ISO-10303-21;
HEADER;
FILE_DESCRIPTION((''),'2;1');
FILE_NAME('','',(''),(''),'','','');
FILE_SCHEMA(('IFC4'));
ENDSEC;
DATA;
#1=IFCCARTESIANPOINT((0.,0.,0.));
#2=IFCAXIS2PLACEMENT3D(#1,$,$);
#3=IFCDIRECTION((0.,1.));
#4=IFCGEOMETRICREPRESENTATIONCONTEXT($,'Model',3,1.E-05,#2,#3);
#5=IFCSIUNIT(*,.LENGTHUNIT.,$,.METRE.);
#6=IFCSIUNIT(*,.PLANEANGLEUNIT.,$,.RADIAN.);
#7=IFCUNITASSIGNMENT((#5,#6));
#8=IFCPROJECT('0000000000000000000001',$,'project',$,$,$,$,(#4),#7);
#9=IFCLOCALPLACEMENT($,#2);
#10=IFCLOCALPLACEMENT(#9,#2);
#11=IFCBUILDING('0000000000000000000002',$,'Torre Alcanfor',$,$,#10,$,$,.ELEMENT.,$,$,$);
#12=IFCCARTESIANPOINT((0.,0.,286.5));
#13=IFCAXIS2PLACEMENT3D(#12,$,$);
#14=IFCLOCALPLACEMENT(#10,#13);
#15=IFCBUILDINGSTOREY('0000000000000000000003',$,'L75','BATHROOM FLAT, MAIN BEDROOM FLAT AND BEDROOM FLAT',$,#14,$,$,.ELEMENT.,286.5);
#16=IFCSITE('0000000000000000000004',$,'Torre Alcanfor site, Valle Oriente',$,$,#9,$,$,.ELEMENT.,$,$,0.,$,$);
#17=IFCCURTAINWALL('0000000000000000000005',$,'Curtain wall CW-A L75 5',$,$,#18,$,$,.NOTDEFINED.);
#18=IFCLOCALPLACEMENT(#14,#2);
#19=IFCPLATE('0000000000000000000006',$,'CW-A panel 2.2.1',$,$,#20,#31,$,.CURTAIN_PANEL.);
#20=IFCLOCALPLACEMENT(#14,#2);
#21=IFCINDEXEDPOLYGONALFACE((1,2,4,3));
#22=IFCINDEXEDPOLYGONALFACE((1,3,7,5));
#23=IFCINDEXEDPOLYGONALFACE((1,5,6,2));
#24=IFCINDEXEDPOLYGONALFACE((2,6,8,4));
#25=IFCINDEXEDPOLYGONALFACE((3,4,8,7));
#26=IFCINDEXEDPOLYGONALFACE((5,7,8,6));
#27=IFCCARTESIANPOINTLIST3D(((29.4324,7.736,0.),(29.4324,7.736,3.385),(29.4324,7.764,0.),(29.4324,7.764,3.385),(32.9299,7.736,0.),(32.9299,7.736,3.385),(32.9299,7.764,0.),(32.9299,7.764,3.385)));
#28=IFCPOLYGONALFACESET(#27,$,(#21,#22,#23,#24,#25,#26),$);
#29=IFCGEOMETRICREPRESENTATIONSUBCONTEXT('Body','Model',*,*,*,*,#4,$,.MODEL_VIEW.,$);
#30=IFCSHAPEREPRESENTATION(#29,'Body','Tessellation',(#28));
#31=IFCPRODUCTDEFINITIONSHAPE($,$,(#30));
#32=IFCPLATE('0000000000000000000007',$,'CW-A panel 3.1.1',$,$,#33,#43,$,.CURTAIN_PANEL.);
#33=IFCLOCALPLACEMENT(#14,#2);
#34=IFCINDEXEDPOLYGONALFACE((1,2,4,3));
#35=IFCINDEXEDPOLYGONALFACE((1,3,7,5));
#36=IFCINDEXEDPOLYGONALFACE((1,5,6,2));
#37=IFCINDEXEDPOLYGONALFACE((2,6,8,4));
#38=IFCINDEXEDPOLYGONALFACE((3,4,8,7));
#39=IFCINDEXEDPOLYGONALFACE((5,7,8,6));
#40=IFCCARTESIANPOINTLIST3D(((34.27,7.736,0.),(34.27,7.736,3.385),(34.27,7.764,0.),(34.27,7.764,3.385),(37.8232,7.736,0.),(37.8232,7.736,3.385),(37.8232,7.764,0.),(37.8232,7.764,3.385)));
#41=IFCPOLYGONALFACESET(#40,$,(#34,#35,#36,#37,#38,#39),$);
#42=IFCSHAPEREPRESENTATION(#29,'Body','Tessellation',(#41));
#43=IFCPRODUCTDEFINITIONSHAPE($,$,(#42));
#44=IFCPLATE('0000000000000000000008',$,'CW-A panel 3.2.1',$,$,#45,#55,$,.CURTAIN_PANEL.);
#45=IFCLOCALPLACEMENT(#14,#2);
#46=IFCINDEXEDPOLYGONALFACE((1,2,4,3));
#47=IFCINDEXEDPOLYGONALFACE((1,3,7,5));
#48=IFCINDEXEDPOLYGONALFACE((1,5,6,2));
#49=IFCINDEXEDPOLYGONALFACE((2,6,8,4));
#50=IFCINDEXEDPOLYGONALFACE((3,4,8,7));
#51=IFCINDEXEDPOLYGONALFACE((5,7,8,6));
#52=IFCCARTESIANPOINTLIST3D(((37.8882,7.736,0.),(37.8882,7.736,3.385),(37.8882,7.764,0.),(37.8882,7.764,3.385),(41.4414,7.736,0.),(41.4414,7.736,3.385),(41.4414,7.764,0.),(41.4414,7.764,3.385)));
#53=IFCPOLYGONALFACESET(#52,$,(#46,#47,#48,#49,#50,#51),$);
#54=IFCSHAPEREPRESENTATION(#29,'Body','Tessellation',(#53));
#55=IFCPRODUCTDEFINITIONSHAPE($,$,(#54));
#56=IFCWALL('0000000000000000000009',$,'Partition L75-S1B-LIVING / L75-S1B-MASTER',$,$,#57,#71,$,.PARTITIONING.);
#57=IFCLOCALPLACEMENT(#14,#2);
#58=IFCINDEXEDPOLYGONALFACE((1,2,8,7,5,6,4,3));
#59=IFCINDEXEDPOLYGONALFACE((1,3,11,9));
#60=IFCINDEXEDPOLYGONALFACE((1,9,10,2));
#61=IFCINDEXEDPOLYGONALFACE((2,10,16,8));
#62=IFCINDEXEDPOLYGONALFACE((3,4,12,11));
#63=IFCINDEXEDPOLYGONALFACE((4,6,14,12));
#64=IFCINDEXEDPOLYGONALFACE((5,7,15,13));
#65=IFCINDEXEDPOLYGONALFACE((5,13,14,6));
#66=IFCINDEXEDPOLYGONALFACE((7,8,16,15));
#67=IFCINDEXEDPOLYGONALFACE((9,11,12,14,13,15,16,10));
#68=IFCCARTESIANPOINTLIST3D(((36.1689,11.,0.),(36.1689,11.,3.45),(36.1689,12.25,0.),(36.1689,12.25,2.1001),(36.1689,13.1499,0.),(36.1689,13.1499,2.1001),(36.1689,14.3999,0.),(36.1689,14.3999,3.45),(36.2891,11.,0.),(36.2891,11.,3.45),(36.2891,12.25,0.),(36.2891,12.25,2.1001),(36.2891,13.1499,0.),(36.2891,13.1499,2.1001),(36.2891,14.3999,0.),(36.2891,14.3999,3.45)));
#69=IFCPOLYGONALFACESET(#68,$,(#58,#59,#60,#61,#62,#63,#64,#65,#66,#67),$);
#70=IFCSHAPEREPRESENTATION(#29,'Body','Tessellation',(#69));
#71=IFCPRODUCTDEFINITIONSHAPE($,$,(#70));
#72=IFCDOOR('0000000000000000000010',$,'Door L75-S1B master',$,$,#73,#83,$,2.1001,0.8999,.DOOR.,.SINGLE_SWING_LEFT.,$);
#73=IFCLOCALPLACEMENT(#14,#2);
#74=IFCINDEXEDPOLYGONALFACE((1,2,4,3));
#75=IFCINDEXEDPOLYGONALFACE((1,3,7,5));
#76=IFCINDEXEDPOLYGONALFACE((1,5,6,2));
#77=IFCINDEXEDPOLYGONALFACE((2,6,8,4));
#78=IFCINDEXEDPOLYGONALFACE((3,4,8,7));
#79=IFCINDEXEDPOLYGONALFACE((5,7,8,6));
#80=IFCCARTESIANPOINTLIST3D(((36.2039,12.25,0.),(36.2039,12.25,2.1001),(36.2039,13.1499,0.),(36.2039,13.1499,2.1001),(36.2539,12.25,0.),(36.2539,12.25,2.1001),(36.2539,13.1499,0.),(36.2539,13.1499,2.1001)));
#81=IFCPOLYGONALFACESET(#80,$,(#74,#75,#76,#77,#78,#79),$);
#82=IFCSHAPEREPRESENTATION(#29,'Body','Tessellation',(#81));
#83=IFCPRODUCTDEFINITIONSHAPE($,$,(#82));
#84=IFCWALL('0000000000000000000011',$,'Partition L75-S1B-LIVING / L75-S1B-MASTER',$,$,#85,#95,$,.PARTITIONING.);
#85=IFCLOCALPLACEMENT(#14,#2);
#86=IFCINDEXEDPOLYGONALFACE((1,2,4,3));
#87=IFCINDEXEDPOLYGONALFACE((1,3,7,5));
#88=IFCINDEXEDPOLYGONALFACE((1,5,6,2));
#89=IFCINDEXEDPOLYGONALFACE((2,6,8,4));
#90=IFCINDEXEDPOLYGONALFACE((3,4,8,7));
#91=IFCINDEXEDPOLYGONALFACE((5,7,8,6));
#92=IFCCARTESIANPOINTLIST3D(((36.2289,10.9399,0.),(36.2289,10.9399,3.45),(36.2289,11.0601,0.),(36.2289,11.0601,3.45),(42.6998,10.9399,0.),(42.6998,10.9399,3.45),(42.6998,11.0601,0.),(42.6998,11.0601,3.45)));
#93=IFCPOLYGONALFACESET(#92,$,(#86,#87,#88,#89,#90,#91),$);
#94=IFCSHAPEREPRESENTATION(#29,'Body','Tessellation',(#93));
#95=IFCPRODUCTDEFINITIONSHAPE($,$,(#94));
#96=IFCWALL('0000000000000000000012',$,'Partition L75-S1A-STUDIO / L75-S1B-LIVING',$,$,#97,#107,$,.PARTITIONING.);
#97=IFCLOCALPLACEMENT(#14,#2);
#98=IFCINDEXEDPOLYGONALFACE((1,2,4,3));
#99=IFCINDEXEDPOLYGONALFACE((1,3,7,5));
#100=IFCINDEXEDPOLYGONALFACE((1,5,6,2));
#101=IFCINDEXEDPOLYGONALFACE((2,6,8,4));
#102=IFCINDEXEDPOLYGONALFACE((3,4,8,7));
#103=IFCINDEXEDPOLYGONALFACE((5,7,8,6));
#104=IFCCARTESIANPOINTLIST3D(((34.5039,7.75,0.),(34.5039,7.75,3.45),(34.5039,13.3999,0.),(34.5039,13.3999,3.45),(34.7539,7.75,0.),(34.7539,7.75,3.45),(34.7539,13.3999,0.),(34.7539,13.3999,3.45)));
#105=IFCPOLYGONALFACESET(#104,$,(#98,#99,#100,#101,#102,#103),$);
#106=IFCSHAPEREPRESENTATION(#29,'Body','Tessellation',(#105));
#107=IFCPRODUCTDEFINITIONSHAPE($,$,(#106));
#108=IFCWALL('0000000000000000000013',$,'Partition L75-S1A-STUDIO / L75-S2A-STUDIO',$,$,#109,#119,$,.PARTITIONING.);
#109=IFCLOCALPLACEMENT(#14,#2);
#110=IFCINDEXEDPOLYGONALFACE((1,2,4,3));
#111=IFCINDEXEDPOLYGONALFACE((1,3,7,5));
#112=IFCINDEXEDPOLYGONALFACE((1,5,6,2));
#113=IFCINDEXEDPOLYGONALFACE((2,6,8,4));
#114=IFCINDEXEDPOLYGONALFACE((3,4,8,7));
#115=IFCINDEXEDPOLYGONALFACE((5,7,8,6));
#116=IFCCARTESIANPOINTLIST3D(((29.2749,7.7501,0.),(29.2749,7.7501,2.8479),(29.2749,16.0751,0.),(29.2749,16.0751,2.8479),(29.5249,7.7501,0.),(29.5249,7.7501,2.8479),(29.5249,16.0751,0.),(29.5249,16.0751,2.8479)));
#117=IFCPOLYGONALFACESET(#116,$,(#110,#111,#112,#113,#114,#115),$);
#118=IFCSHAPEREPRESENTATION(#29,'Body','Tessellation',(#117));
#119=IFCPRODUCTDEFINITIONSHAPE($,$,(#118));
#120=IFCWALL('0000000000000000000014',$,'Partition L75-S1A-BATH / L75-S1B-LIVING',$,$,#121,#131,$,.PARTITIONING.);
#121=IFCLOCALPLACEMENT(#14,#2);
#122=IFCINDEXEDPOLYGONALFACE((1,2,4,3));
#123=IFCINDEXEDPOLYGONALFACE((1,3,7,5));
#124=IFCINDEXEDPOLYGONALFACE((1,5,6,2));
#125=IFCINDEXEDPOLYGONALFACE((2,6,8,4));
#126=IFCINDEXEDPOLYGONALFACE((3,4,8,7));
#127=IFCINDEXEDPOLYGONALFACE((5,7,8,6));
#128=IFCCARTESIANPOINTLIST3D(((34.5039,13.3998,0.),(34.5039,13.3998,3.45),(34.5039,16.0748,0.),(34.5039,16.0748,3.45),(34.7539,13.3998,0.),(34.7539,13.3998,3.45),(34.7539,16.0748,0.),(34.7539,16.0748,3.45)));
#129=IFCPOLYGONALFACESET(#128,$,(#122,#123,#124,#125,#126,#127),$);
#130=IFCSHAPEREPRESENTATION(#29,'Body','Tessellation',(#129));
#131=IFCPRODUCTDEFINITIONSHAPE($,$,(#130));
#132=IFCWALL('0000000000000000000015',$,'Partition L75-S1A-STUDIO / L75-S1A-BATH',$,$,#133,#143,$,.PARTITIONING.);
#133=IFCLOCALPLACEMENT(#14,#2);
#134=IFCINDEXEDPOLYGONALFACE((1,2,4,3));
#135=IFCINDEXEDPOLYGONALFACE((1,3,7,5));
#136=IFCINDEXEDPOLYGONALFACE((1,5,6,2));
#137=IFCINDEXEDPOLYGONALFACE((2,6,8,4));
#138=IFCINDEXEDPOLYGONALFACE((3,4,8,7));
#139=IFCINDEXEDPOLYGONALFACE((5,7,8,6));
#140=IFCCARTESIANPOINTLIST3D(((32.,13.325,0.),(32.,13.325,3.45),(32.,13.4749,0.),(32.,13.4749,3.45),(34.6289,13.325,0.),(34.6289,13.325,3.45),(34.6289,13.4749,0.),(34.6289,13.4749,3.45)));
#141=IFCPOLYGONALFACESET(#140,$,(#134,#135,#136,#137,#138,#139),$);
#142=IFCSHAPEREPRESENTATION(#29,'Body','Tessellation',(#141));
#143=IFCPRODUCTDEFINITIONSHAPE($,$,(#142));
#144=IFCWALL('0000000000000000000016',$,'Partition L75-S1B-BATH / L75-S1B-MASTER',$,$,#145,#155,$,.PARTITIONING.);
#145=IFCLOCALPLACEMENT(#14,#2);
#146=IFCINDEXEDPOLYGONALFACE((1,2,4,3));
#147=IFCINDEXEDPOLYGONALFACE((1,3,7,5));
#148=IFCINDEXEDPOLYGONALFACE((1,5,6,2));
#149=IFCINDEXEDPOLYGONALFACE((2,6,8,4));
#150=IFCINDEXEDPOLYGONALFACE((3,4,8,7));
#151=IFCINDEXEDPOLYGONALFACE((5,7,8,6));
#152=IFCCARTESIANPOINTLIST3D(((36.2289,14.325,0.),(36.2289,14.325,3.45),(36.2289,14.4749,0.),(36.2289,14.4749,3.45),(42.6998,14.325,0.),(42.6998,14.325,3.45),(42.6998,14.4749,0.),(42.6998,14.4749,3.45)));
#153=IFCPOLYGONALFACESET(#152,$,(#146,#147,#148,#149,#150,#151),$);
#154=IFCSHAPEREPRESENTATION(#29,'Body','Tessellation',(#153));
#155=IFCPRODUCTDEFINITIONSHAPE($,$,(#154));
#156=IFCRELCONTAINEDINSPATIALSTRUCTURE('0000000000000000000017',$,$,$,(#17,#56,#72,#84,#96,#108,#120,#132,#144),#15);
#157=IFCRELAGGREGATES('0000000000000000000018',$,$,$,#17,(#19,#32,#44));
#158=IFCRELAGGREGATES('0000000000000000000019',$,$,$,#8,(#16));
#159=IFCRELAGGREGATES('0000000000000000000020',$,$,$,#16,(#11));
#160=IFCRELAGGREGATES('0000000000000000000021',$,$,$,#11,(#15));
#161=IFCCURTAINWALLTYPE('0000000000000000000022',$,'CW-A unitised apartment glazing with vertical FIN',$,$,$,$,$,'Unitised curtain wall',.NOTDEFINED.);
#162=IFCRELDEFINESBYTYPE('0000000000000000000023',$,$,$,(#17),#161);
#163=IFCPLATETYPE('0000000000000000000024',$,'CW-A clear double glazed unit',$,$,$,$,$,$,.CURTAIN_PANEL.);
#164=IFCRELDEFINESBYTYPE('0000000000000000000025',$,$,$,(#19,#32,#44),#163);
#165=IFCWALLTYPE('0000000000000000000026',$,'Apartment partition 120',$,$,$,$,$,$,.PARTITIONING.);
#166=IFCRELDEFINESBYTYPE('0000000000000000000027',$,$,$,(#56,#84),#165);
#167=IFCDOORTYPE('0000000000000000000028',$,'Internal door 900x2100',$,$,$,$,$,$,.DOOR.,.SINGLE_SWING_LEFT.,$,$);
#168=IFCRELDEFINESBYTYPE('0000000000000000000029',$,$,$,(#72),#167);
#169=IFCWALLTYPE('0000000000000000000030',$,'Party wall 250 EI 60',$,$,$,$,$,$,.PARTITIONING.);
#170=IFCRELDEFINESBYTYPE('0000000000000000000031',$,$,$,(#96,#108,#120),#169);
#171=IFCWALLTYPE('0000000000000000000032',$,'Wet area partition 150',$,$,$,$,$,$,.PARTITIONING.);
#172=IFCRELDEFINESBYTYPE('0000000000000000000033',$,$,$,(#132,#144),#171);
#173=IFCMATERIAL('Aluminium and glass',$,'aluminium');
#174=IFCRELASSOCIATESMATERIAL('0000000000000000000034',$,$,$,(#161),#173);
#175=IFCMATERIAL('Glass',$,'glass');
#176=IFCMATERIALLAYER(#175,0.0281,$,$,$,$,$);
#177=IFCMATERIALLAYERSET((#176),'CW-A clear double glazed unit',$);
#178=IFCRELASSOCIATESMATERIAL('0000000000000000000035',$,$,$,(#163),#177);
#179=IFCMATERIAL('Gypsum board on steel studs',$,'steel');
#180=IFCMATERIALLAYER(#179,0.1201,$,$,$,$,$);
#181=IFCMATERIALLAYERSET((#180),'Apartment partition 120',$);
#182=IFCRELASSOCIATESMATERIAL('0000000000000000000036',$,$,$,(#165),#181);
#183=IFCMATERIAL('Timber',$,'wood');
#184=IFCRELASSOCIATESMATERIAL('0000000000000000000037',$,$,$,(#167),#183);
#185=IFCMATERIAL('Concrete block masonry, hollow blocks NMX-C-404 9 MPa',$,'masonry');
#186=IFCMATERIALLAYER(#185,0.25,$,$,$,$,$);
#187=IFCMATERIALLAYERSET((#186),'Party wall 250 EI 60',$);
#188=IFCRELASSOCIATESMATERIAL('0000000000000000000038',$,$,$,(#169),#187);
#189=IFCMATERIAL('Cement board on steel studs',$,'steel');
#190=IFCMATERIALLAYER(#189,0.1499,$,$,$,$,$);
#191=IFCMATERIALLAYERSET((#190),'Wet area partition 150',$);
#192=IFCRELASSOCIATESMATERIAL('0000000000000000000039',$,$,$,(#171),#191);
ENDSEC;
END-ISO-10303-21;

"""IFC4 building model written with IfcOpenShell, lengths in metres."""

from ifc_helpers import new_model, si_unit, direction, frame, frame_2d, origin, origin_2d, place, context, subcontext, project, spatial, rectangle, extrude, material, layer, layer_set, type_object, element, fill, aggregate, save


model = new_model("IFC4")

# Units and contexts
model_context = context("Model", 3, precision=1e-05, world=origin(), true_north=direction((0.0, 1.0)))
body_context = subcontext(model_context, "Body", "Model", "MODEL_VIEW")
ifc_project = project(units=[si_unit("LENGTHUNIT", "METRE"), si_unit("PLANEANGLEUNIT", "RADIAN")], contexts=[model_context])

# Site, building, storey
site_placement = place(None, origin())
site = spatial("IfcSite", under=ifc_project, at=site_placement, Name="Torre Alcanfor site, Valle Oriente", CompositionType="ELEMENT", RefElevation=0.0)
building_placement = place(site_placement, origin())
building = spatial("IfcBuilding", under=site, at=building_placement, Name="Torre Alcanfor", CompositionType="ELEMENT")
storey_placement = place(building_placement, frame((0.0, 0.0, 286.5)))
storey = spatial("IfcBuildingStorey", under=building, at=storey_placement, Name="L75", Description="BATHROOM FLAT, MAIN BEDROOM FLAT AND BEDROOM FLAT", CompositionType="ELEMENT", Elevation=286.5)

# Curtain wall
ifc_material_1 = material(Name="Aluminium and glass", Category="aluminium")
curtain_wall_type = type_object("IfcCurtainWallType", Name="CW-A unitised apartment glazing with vertical FIN", ElementType="Unitised curtain wall", PredefinedType="NOTDEFINED", material=ifc_material_1)
curtain_wall_placement = place(storey_placement, origin())
curtain_wall = element("IfcCurtainWall", 1, at=curtain_wall_placement, inside=storey, type_object=curtain_wall_type, Name="Curtain wall CW-A L75 5", PredefinedType="NOTDEFINED")

# Plates
ifc_material_2 = material(Name="Glass", Category="glass")
ifc_layer_1 = layer(ifc_material_2, 0.0281)
ifc_layer_set_1 = layer_set([ifc_layer_1], Name="CW-A clear double glazed unit")
plate_type = type_object("IfcPlateType", Name="CW-A clear double glazed unit", PredefinedType="CURTAIN_PANEL", material=ifc_layer_set_1)
plate_1_placement = place(storey_placement, frame((31.1812, 7.75, 0.0), z_axis=(0.0, 0.0, 1.0), x_axis=(1.0, 0.0, 0.0)))
plate_1 = element("IfcPlate", 2, at=plate_1_placement, type_object=plate_type, Name="CW-A panel 2.2.1", PredefinedType="CURTAIN_PANEL", context=body_context, shape_type="SweptSolid", body=[
    extrude(rectangle(XDim=3.4976, YDim=0.0281, at=origin_2d()), origin(), (0.0, 0.0, 1.0), 3.385),
])
plate_2_placement = place(storey_placement, frame((36.0466, 7.75, 0.0), z_axis=(0.0, 0.0, 1.0), x_axis=(1.0, 0.0, 0.0)))
plate_2 = element("IfcPlate", 3, at=plate_2_placement, type_object=plate_type, Name="CW-A panel 3.1.1", PredefinedType="CURTAIN_PANEL", context=body_context, shape_type="SweptSolid", body=[
    extrude(rectangle(XDim=3.5532, YDim=0.0281, at=origin_2d()), origin(), (0.0, 0.0, 1.0), 3.385),
])
plate_3_placement = place(storey_placement, frame((39.6648, 7.75, 0.0), z_axis=(0.0, 0.0, 1.0), x_axis=(1.0, 0.0, 0.0)))
plate_3 = element("IfcPlate", 4, at=plate_3_placement, type_object=plate_type, Name="CW-A panel 3.2.1", PredefinedType="CURTAIN_PANEL", context=body_context, shape_type="SweptSolid", body=[
    extrude(rectangle(XDim=3.5532, YDim=0.0281, at=origin_2d()), origin(), (0.0, 0.0, 1.0), 3.385),
])
aggregate(curtain_wall, [plate_1, plate_2, plate_3])

# Wall, opening, door
ifc_material_3 = material(Name="Gypsum board on steel studs", Category="steel")
ifc_layer_2 = layer(ifc_material_3, 0.1201)
ifc_layer_set_2 = layer_set([ifc_layer_2], Name="Apartment partition 120")
wall_type_1 = type_object("IfcWallType", Name="Apartment partition 120", PredefinedType="PARTITIONING", material=ifc_layer_set_2)
wall_1_placement = place(storey_placement, frame((36.229, 14.3999, 0.0), z_axis=(0.0, 0.0, 1.0), x_axis=(0.0, -1.0, 0.0)))
wall_1 = element("IfcWall", 5, at=wall_1_placement, inside=storey, type_object=wall_type_1, Name="Partition L75-S1B-LIVING / L75-S1B-MASTER", PredefinedType="PARTITIONING", context=body_context, shape_type="SweptSolid", body=[
    extrude(rectangle(XDim=3.3999, YDim=0.1201, at=frame_2d((1.7, 0.0))), origin(), (0.0, 0.0, 1.0), 3.45),
])
opening_placement = place(wall_1_placement, frame((1.25, 0.0, 0.0)))
opening = element("IfcOpeningElement", 6, at=opening_placement, cuts=wall_1, PredefinedType="OPENING", context=body_context, shape_type="SweptSolid", body=[
    extrude(rectangle(XDim=0.8999, YDim=2.1001, at=frame_2d((0.45, 1.05))), frame((0.0, 0.0701, 0.0), z_axis=(0.0, -1.0, 0.0), x_axis=(1.0, 0.0, 0.0)), (0.0, 0.0, 1.0), 0.1401),
])
ifc_material_4 = material(Name="Timber", Category="wood")
door_type = type_object("IfcDoorType", Name="Internal door 900x2100", OperationType="SINGLE_SWING_LEFT", PredefinedType="DOOR", material=ifc_material_4)
door_placement = place(opening_placement, origin())
door = element("IfcDoor", 7, at=door_placement, inside=storey, type_object=door_type, Name="Door L75-S1B master", OperationType="SINGLE_SWING_LEFT", OverallHeight=2.1001, OverallWidth=0.8999, PredefinedType="DOOR", context=body_context, shape_type="SweptSolid", body=[
    extrude(rectangle(XDim=0.8999, YDim=2.1001, at=frame_2d((0.45, 1.05))), frame((0.0, 0.0249, 0.0), z_axis=(0.0, -1.0, 0.0), x_axis=(1.0, 0.0, 0.0)), (0.0, 0.0, 1.0), 0.05),
])
fill(opening, door)

# Walls
wall_2_placement = place(storey_placement, frame((36.229, 11.0, 0.0), z_axis=(0.0, 0.0, 1.0), x_axis=(1.0, 0.0, 0.0)))
element("IfcWall", 8, at=wall_2_placement, inside=storey, type_object=wall_type_1, Name="Partition L75-S1B-LIVING / L75-S1B-MASTER", PredefinedType="PARTITIONING", context=body_context, shape_type="SweptSolid", body=[
    extrude(rectangle(XDim=6.4709, YDim=0.1201, at=frame_2d((3.2354, 0.0))), origin(), (0.0, 0.0, 1.0), 3.45),
])
ifc_material_5 = material(Name="Concrete block masonry, hollow blocks NMX-C-404 9 MPa", Category="masonry")
ifc_layer_3 = layer(ifc_material_5, 0.25)
ifc_layer_set_3 = layer_set([ifc_layer_3], Name="Party wall 250 EI 60")
wall_type_2 = type_object("IfcWallType", Name="Party wall 250 EI 60", PredefinedType="PARTITIONING", material=ifc_layer_set_3)
wall_3_placement = place(storey_placement, frame((34.6289, 13.3999, 0.0), z_axis=(0.0, 0.0, 1.0), x_axis=(0.0, -1.0, 0.0)))
element("IfcWall", 9, at=wall_3_placement, inside=storey, type_object=wall_type_2, Name="Partition L75-S1A-STUDIO / L75-S1B-LIVING", PredefinedType="PARTITIONING", context=body_context, shape_type="SweptSolid", body=[
    extrude(rectangle(XDim=5.6499, YDim=0.25, at=frame_2d((2.825, 0.0))), origin(), (0.0, 0.0, 1.0), 3.45),
])
wall_4_placement = place(storey_placement, frame((29.3999, 7.75, 0.0), z_axis=(0.0, 0.0, 1.0), x_axis=(0.0, 1.0, 0.0)))
element("IfcWall", 10, at=wall_4_placement, inside=storey, type_object=wall_type_2, Name="Partition L75-S1A-STUDIO / L75-S2A-STUDIO", PredefinedType="PARTITIONING", context=body_context, shape_type="SweptSolid", body=[
    extrude(rectangle(XDim=8.325, YDim=0.25, at=frame_2d((4.1626, 0.0))), origin(), (0.0, 0.0, 1.0), 2.8479),
])
wall_5_placement = place(storey_placement, frame((34.6289, 13.3999, 0.0), z_axis=(0.0, 0.0, 1.0), x_axis=(0.0, 1.0, 0.0)))
element("IfcWall", 11, at=wall_5_placement, inside=storey, type_object=wall_type_2, Name="Partition L75-S1A-BATH / L75-S1B-LIVING", PredefinedType="PARTITIONING", context=body_context, shape_type="SweptSolid", body=[
    extrude(rectangle(XDim=2.675, YDim=0.25, at=frame_2d((1.3374, 0.0))), origin(), (0.0, 0.0, 1.0), 3.45),
])
ifc_material_6 = material(Name="Cement board on steel studs", Category="steel")
ifc_layer_4 = layer(ifc_material_6, 0.1499)
ifc_layer_set_4 = layer_set([ifc_layer_4], Name="Wet area partition 150")
wall_type_3 = type_object("IfcWallType", Name="Wet area partition 150", PredefinedType="PARTITIONING", material=ifc_layer_set_4)
wall_6_placement = place(storey_placement, frame((32.0, 13.3999, 0.0), z_axis=(0.0, 0.0, 1.0), x_axis=(1.0, 0.0, 0.0)))
element("IfcWall", 12, at=wall_6_placement, inside=storey, type_object=wall_type_3, Name="Partition L75-S1A-STUDIO / L75-S1A-BATH", PredefinedType="PARTITIONING", context=body_context, shape_type="SweptSolid", body=[
    extrude(rectangle(XDim=2.6289, YDim=0.1499, at=frame_2d((1.3145, 0.0))), origin(), (0.0, 0.0, 1.0), 3.45),
])
wall_7_placement = place(storey_placement, frame((36.229, 14.3999, 0.0), z_axis=(0.0, 0.0, 1.0), x_axis=(1.0, 0.0, 0.0)))
element("IfcWall", 13, at=wall_7_placement, inside=storey, type_object=wall_type_3, Name="Partition L75-S1B-BATH / L75-S1B-MASTER", PredefinedType="PARTITIONING", context=body_context, shape_type="SweptSolid", body=[
    extrude(rectangle(XDim=6.4709, YDim=0.1499, at=frame_2d((3.2354, 0.0))), origin(), (0.0, 0.0, 1.0), 3.45),
])

save(model, "model.ifc")
